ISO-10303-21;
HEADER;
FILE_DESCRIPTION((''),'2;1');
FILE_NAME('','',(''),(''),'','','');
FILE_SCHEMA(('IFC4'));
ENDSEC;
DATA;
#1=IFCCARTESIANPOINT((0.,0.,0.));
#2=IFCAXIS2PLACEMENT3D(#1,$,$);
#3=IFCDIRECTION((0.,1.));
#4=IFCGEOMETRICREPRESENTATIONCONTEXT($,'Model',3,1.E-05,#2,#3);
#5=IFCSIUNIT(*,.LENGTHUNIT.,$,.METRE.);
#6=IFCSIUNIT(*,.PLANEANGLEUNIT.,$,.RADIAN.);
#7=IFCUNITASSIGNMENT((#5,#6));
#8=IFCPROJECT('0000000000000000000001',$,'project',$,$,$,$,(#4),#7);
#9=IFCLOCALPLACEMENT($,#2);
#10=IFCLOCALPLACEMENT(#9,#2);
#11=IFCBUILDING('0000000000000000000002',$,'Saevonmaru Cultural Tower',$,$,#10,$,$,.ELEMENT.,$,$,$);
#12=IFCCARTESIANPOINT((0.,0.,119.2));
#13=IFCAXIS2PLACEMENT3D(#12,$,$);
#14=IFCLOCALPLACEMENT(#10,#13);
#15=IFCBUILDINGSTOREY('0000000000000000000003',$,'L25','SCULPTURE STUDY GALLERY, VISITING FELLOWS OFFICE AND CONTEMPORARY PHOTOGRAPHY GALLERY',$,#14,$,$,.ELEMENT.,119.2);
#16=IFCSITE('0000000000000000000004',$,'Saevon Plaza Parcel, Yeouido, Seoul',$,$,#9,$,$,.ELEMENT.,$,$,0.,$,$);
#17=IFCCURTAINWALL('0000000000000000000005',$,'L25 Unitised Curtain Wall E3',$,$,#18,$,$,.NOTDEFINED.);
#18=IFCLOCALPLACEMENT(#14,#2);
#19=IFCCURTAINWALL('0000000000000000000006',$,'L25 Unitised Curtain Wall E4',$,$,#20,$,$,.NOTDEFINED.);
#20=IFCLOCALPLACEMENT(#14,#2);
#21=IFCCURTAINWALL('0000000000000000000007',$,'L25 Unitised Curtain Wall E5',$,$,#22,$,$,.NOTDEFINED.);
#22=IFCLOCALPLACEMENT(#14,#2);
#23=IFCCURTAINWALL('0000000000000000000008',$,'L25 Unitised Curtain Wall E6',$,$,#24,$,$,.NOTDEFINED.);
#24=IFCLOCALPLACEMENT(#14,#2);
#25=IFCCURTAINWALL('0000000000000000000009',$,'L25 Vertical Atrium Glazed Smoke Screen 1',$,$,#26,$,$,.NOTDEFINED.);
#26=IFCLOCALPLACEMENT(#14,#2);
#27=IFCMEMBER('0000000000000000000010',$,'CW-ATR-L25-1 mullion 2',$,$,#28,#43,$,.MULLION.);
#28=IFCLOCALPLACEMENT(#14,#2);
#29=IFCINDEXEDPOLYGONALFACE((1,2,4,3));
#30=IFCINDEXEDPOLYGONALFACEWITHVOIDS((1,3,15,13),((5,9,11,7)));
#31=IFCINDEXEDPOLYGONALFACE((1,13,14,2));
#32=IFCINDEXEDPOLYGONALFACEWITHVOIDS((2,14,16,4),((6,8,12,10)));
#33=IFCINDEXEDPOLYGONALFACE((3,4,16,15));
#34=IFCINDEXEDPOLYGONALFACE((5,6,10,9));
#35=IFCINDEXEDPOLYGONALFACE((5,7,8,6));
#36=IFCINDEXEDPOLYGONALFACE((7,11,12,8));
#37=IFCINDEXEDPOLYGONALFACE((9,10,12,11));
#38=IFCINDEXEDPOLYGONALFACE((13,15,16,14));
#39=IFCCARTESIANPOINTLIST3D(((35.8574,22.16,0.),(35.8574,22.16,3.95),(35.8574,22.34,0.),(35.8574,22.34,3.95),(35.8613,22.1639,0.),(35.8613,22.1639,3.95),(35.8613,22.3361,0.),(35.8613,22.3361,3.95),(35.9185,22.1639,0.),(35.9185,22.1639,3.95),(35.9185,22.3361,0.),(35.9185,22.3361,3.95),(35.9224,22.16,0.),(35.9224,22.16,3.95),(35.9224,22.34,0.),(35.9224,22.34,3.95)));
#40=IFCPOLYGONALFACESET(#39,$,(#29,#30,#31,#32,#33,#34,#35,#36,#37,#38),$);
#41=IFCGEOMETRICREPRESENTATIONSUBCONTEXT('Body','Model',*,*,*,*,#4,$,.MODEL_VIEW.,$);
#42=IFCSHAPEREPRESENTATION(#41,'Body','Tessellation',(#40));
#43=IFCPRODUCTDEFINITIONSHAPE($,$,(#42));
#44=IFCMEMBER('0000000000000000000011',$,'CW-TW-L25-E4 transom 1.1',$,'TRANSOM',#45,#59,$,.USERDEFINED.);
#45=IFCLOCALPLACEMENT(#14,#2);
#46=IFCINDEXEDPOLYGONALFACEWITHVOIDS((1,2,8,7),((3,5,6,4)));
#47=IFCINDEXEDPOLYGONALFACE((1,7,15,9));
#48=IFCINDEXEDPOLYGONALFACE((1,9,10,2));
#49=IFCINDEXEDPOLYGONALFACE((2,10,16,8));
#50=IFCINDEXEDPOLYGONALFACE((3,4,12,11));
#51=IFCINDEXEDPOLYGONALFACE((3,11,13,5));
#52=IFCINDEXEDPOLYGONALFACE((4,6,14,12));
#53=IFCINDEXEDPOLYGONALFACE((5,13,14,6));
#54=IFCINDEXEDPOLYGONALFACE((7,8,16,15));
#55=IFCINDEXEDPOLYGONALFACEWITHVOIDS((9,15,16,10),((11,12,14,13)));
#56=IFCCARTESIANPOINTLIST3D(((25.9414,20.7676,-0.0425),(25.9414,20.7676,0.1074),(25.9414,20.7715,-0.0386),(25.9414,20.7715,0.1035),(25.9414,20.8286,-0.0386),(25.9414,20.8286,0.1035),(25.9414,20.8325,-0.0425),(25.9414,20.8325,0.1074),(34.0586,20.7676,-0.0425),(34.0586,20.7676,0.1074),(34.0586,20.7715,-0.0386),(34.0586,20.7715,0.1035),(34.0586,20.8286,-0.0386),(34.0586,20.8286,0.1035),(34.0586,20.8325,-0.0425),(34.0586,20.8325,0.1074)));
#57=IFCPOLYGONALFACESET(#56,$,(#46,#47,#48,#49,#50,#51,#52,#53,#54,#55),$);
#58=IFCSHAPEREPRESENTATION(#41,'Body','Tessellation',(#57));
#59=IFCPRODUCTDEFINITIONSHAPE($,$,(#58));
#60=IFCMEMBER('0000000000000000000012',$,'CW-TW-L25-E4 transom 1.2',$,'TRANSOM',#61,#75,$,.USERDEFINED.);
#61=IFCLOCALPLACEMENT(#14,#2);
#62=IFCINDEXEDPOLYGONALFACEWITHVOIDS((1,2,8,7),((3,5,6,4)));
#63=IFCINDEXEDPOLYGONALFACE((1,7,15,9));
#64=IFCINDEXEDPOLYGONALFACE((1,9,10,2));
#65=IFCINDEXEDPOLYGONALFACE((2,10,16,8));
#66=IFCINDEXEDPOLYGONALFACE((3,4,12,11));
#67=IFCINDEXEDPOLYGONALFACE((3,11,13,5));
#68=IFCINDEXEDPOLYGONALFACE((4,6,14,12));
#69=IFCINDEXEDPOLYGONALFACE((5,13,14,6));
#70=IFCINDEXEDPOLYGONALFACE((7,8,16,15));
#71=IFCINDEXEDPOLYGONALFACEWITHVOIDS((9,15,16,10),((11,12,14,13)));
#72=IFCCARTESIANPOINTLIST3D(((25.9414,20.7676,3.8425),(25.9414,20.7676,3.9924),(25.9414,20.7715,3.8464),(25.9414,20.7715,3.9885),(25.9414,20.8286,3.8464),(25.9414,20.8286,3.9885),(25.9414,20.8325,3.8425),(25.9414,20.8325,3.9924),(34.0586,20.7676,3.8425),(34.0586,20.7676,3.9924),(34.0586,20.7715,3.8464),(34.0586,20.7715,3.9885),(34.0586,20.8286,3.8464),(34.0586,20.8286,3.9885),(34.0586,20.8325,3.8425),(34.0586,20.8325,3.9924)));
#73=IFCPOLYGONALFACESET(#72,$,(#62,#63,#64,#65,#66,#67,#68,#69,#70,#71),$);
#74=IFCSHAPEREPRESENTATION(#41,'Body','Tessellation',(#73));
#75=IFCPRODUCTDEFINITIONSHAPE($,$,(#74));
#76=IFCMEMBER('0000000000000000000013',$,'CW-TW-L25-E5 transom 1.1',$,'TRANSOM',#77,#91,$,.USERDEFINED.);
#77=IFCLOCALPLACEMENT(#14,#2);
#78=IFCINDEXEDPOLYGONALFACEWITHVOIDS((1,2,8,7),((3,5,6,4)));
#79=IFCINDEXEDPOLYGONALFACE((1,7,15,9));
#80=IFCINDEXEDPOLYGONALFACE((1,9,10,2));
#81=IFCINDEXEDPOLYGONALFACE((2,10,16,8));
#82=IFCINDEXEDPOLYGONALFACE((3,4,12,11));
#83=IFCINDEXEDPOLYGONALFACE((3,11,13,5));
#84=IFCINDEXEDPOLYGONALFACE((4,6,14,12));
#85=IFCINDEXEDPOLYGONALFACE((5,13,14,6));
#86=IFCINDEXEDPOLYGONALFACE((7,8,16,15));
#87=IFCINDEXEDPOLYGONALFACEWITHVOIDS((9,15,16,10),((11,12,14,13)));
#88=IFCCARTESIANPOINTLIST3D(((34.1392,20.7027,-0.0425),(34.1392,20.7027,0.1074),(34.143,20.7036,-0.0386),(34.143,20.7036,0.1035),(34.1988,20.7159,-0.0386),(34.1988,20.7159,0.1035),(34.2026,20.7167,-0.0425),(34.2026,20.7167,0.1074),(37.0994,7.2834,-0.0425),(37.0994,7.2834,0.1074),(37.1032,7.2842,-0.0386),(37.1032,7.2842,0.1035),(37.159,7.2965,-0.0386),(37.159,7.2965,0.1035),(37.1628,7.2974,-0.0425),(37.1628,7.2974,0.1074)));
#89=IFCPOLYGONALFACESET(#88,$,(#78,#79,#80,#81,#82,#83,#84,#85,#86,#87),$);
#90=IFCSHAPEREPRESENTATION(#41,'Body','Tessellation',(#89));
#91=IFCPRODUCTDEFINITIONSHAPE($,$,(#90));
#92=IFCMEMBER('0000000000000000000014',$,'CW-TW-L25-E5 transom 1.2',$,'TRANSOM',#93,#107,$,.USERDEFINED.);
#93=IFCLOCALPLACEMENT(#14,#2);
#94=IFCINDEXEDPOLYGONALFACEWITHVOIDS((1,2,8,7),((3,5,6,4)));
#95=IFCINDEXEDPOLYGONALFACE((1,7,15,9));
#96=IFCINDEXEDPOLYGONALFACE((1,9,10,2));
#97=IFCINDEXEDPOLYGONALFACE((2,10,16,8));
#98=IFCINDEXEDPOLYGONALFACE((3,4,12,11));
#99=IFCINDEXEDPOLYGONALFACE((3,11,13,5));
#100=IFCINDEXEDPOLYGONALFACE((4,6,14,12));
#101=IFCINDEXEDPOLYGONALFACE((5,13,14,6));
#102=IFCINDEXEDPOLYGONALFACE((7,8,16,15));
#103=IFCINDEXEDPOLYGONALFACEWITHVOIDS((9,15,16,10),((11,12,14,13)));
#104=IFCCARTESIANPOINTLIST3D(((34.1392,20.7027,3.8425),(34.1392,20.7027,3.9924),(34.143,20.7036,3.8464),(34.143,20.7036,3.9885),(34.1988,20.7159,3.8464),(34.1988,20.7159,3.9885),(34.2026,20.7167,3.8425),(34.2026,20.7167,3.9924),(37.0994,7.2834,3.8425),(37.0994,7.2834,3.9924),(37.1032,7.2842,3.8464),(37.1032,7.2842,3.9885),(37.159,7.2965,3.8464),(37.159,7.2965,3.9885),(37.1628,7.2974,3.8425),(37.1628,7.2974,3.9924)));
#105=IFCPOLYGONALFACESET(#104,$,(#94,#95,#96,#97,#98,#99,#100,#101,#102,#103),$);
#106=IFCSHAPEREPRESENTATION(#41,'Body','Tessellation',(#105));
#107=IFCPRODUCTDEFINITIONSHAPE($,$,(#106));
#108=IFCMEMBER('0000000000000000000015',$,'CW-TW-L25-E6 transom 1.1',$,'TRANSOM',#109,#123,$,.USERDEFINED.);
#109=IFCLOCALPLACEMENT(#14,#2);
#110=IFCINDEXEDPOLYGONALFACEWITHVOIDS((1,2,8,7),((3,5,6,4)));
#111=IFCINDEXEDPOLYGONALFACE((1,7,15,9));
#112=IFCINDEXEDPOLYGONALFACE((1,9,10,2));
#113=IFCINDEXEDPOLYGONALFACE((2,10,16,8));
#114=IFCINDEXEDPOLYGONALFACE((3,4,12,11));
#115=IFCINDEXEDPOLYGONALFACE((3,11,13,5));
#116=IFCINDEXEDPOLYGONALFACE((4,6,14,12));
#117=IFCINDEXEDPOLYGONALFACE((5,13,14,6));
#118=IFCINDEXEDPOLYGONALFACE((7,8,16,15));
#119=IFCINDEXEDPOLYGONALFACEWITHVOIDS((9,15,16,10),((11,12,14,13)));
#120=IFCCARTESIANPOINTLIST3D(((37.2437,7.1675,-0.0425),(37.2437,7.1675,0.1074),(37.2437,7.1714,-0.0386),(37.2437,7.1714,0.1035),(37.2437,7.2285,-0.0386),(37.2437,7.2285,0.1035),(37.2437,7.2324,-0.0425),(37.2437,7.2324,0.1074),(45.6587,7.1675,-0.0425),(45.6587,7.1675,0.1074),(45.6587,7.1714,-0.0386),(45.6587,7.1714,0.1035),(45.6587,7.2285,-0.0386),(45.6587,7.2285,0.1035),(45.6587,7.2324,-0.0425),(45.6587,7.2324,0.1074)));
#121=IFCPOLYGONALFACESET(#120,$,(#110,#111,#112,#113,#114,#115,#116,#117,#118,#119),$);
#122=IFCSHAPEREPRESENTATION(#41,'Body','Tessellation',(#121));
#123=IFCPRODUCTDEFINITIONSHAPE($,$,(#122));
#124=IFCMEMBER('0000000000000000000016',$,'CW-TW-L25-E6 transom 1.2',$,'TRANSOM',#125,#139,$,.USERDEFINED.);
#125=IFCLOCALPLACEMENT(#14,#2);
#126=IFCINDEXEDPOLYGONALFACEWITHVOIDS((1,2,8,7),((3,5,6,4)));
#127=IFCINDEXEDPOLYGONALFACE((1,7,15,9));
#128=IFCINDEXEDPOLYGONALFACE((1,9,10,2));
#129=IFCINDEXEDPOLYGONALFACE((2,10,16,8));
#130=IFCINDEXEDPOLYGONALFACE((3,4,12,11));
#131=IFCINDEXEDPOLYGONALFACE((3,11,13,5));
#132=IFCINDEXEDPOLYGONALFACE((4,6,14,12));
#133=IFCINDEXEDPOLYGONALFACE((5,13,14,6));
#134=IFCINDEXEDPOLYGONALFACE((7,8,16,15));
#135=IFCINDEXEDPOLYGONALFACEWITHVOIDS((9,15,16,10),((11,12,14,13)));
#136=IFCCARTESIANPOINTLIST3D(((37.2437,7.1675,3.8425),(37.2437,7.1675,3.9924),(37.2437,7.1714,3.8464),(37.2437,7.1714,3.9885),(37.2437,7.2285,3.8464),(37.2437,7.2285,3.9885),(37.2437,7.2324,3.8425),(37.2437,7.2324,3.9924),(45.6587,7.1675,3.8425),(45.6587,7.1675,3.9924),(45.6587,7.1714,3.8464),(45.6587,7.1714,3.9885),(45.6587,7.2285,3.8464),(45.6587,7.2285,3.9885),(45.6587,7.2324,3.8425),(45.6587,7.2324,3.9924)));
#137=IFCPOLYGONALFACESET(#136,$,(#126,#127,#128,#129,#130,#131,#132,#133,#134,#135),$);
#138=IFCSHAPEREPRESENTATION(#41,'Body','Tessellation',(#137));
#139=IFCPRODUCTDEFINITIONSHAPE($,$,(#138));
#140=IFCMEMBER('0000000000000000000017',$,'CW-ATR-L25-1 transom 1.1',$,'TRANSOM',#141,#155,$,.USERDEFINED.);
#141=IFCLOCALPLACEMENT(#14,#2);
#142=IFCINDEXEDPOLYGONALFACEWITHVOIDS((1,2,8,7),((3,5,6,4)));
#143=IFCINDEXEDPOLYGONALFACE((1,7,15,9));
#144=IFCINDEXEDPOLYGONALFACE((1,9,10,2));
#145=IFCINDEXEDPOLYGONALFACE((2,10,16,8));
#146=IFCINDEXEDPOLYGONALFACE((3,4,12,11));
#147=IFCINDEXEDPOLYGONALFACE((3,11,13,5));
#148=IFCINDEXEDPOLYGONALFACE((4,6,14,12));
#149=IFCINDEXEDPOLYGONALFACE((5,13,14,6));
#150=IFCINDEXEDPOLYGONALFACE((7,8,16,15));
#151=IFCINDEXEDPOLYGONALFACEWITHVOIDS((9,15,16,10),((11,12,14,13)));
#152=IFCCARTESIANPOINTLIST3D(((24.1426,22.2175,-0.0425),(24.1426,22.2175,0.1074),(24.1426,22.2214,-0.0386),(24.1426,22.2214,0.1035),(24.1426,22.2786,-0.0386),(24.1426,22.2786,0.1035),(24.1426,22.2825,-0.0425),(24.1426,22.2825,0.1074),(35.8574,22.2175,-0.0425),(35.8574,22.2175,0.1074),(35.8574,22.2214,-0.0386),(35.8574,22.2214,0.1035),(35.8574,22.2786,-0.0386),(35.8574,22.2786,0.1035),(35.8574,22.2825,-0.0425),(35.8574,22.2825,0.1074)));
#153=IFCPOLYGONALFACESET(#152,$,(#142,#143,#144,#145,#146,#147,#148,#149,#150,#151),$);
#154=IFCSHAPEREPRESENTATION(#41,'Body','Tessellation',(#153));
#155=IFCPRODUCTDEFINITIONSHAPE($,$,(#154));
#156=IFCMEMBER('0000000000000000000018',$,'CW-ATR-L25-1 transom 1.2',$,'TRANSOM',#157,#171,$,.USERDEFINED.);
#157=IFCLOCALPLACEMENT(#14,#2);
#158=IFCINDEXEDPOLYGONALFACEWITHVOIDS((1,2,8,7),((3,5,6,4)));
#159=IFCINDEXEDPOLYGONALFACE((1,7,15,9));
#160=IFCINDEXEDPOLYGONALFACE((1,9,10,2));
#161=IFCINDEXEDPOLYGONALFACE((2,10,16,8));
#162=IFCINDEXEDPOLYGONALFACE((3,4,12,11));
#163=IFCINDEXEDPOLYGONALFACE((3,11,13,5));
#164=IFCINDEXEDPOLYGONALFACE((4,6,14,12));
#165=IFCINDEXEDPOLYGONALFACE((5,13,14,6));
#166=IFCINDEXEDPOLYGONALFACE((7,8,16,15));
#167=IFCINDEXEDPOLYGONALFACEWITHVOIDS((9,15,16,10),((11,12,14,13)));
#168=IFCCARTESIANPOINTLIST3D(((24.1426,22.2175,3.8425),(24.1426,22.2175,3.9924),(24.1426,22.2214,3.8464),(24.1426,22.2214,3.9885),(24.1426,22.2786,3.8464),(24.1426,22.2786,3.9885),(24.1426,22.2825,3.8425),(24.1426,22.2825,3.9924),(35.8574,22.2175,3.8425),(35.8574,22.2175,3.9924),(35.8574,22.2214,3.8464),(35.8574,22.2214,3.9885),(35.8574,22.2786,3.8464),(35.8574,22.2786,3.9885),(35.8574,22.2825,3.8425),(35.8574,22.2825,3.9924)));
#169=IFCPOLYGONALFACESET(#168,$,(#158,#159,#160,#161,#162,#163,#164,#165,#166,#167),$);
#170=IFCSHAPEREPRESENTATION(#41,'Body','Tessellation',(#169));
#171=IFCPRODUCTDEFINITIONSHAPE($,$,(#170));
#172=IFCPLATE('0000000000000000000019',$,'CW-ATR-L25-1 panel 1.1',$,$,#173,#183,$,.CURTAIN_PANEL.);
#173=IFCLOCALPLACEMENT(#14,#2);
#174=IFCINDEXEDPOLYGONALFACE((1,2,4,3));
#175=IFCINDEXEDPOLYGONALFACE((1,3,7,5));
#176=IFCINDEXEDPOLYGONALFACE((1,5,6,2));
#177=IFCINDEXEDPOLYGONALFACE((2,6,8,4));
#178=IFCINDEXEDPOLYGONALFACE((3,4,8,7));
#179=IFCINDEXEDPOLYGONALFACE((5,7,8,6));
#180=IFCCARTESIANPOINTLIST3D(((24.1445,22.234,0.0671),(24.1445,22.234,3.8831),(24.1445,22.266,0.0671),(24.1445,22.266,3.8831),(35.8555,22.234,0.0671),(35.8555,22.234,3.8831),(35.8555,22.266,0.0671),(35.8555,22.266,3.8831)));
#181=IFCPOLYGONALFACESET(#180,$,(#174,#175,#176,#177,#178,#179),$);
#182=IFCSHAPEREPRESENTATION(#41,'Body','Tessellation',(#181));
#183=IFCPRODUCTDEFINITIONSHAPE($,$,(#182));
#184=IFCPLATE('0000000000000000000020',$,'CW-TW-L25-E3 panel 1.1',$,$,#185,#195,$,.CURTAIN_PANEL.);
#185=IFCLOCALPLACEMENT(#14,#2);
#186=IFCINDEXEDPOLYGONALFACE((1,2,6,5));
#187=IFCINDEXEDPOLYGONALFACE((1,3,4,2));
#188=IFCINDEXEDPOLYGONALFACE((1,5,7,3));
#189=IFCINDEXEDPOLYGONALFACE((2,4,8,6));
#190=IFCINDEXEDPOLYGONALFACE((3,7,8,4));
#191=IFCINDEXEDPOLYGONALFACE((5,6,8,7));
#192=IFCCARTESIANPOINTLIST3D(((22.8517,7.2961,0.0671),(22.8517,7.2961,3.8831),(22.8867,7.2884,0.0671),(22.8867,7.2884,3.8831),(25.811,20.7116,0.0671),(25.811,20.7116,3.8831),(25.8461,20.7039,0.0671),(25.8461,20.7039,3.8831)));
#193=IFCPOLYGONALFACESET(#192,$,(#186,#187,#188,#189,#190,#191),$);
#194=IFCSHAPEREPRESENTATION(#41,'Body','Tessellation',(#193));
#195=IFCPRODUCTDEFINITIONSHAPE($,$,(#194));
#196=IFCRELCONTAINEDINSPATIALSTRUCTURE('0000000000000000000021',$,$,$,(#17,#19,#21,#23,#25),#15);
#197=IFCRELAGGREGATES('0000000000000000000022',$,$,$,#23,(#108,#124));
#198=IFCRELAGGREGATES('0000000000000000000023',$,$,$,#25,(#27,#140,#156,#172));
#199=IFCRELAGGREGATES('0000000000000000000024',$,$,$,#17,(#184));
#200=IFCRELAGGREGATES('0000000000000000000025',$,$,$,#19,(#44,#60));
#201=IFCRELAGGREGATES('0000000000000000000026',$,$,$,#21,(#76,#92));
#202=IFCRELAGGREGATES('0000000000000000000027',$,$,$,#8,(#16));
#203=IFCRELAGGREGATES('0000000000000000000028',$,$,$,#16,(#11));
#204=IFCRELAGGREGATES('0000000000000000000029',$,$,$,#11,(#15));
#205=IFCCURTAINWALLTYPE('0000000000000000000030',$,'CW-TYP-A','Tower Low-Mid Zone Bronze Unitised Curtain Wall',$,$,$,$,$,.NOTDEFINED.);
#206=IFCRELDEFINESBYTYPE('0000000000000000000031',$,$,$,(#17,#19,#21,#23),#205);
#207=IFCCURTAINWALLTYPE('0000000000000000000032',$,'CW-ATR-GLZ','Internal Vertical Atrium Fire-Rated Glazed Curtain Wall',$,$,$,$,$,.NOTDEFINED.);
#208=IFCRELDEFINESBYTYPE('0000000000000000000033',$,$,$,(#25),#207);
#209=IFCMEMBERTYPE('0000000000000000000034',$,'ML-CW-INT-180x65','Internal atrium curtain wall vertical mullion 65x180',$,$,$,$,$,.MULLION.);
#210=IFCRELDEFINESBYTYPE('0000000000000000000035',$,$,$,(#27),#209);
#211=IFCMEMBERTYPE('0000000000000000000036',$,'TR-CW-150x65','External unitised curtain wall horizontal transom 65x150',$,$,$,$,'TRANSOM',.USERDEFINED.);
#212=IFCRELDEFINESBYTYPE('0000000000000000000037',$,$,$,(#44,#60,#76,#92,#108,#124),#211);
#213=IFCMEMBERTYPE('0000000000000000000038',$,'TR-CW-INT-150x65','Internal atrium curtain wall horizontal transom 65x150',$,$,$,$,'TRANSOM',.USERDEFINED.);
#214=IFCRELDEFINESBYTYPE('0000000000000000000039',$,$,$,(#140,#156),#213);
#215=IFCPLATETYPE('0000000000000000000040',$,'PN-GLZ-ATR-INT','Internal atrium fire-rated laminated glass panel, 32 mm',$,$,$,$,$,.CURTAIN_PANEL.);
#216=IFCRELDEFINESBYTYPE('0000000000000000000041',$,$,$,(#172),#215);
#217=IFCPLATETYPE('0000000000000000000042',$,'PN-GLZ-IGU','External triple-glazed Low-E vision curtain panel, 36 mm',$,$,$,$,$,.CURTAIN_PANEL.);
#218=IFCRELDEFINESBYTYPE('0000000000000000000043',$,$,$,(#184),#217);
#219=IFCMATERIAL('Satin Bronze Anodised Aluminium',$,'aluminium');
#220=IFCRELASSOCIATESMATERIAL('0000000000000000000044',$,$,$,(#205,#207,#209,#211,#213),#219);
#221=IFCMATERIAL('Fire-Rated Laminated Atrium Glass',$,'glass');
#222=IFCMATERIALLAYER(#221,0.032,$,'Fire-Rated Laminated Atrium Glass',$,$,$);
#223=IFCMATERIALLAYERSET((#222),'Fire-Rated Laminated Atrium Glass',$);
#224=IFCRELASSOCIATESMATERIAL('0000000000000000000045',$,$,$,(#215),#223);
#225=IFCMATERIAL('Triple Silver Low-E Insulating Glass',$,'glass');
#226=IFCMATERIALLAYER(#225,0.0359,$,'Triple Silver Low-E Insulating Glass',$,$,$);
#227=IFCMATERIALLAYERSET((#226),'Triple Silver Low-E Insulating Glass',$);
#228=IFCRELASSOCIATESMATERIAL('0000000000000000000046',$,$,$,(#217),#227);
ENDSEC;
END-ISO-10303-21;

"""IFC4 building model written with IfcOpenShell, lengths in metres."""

from ifc_helpers import new_model, si_unit, direction, frame, origin, origin_2d, place, context, subcontext, project, spatial, rectangle, hollow_rectangle, extrude, material, layer, layer_set, material_profile, profile_set, type_object, element, aggregate, save


model = new_model("IFC4")

# Units and contexts
model_context = context("Model", 3, precision=1e-05, world=origin(), true_north=direction((0.0, 1.0)))
body_context = subcontext(model_context, "Body", "Model", "MODEL_VIEW")
ifc_project = project(units=[si_unit("LENGTHUNIT", "METRE"), si_unit("PLANEANGLEUNIT", "RADIAN")], contexts=[model_context])

# Site, building, storey
site_placement = place(None, origin())
site = spatial("IfcSite", under=ifc_project, at=site_placement, Name="Saevon Plaza Parcel, Yeouido, Seoul", CompositionType="ELEMENT", RefElevation=0.0)
building_placement = place(site_placement, origin())
building = spatial("IfcBuilding", under=site, at=building_placement, Name="Saevonmaru Cultural Tower", CompositionType="ELEMENT")
storey_placement = place(building_placement, frame((0.0, 0.0, 119.2)))
storey = spatial("IfcBuildingStorey", under=building, at=storey_placement, Name="L25", Description="SCULPTURE STUDY GALLERY, VISITING FELLOWS OFFICE AND CONTEMPORARY PHOTOGRAPHY GALLERY", CompositionType="ELEMENT", Elevation=119.2)

# Curtain wall
ifc_material_1 = material(Name="Satin Bronze Anodised Aluminium", Category="aluminium")
curtain_wall_type_1 = type_object("IfcCurtainWallType", Name="CW-TYP-A", Description="Tower Low-Mid Zone Bronze Unitised Curtain Wall", PredefinedType="NOTDEFINED", material=ifc_material_1)
curtain_wall_1_placement = place(storey_placement, origin())
curtain_wall_1 = element("IfcCurtainWall", 1, at=curtain_wall_1_placement, inside=storey, type_object=curtain_wall_type_1, Name="L25 Unitised Curtain Wall E3", PredefinedType="NOTDEFINED")

# Curtain walls
curtain_wall_2_placement = place(storey_placement, origin())
curtain_wall_2 = element("IfcCurtainWall", 2, at=curtain_wall_2_placement, inside=storey, type_object=curtain_wall_type_1, Name="L25 Unitised Curtain Wall E4", PredefinedType="NOTDEFINED")
curtain_wall_3_placement = place(storey_placement, origin())
curtain_wall_3 = element("IfcCurtainWall", 3, at=curtain_wall_3_placement, inside=storey, type_object=curtain_wall_type_1, Name="L25 Unitised Curtain Wall E5", PredefinedType="NOTDEFINED")

# Curtain wall
curtain_wall_4_placement = place(storey_placement, origin())
curtain_wall_4 = element("IfcCurtainWall", 4, at=curtain_wall_4_placement, inside=storey, type_object=curtain_wall_type_1, Name="L25 Unitised Curtain Wall E6", PredefinedType="NOTDEFINED")

# Curtain wall, member
curtain_wall_type_2 = type_object("IfcCurtainWallType", Name="CW-ATR-GLZ", Description="Internal Vertical Atrium Fire-Rated Glazed Curtain Wall", PredefinedType="NOTDEFINED", material=ifc_material_1)
curtain_wall_5_placement = place(storey_placement, origin())
curtain_wall_5 = element("IfcCurtainWall", 5, at=curtain_wall_5_placement, inside=storey, type_object=curtain_wall_type_2, Name="L25 Vertical Atrium Glazed Smoke Screen 1", PredefinedType="NOTDEFINED")
ifc_material_profile_1 = material_profile(ifc_material_1, hollow_rectangle(XDim=0.0649, YDim=0.1799, WallThickness=0.0039, at=origin_2d()), Name="ALU-MULL-180x65x4")
ifc_profile_set_1 = profile_set([ifc_material_profile_1], Name="Satin Bronze Anodised Aluminium")
member_type_1 = type_object("IfcMemberType", Name="ML-CW-INT-180x65", Description="Internal atrium curtain wall vertical mullion 65x180", PredefinedType="MULLION", material=ifc_profile_set_1)
member_1_placement = place(storey_placement, frame((35.8899, 22.25, 0.0), z_axis=(0.0, 0.0, 1.0), x_axis=(1.0, 0.0, 0.0)))
member_1 = element("IfcMember", 6, at=member_1_placement, type_object=member_type_1, Name="CW-ATR-L25-1 mullion 2", PredefinedType="MULLION", context=body_context, shape_type="SweptSolid", body=[
    extrude(hollow_rectangle(XDim=0.0649, YDim=0.1799, WallThickness=0.0039, at=origin_2d()), origin(), (0.0, 0.0, 1.0), 3.95),
])

# Members
ifc_material_profile_2 = material_profile(ifc_material_1, hollow_rectangle(XDim=0.0649, YDim=0.1499, WallThickness=0.0039, at=origin_2d()), Name="ALU-TRAN-150x65x4")
ifc_profile_set_2 = profile_set([ifc_material_profile_2], Name="Satin Bronze Anodised Aluminium")
member_type_2 = type_object("IfcMemberType", Name="TR-CW-150x65", Description="External unitised curtain wall horizontal transom 65x150", ElementType="TRANSOM", PredefinedType="USERDEFINED", material=ifc_profile_set_2)
member_2_placement = place(storey_placement, frame((25.9414, 20.8, 0.0325), z_axis=(1.0, 0.0, 0.0), x_axis=(0.0, 1.0, 0.0)))
member_2 = element("IfcMember", 7, at=member_2_placement, type_object=member_type_2, Name="CW-TW-L25-E4 transom 1.1", ObjectType="TRANSOM", PredefinedType="USERDEFINED", context=body_context, shape_type="SweptSolid", body=[
    extrude(hollow_rectangle(XDim=0.0649, YDim=0.1499, WallThickness=0.0039, at=origin_2d()), origin(), (0.0, 0.0, 1.0), 8.1172),
])
member_3_placement = place(storey_placement, frame((25.9414, 20.8, 3.9175), z_axis=(1.0, 0.0, 0.0), x_axis=(0.0, 1.0, 0.0)))
member_3 = element("IfcMember", 8, at=member_3_placement, type_object=member_type_2, Name="CW-TW-L25-E4 transom 1.2", ObjectType="TRANSOM", PredefinedType="USERDEFINED", context=body_context, shape_type="SweptSolid", body=[
    extrude(hollow_rectangle(XDim=0.0649, YDim=0.1499, WallThickness=0.0039, at=origin_2d()), origin(), (0.0, 0.0, 1.0), 8.1172),
])
member_4_placement = place(storey_placement, frame((34.1709, 20.7097, 0.0325), z_axis=(0.215412, -0.976523, 0.0), x_axis=(0.976523, 0.215412, 0.0)))
member_4 = element("IfcMember", 9, at=member_4_placement, type_object=member_type_2, Name="CW-TW-L25-E5 transom 1.1", ObjectType="TRANSOM", PredefinedType="USERDEFINED", context=body_context, shape_type="SweptSolid", body=[
    extrude(hollow_rectangle(XDim=0.0649, YDim=0.1499, WallThickness=0.0039, at=origin_2d()), origin(), (0.0, 0.0, 1.0), 13.7419),
])
member_5_placement = place(storey_placement, frame((34.1709, 20.7097, 3.9175), z_axis=(0.215412, -0.976523, 0.0), x_axis=(0.976523, 0.215412, 0.0)))
member_5 = element("IfcMember", 10, at=member_5_placement, type_object=member_type_2, Name="CW-TW-L25-E5 transom 1.2", ObjectType="TRANSOM", PredefinedType="USERDEFINED", context=body_context, shape_type="SweptSolid", body=[
    extrude(hollow_rectangle(XDim=0.0649, YDim=0.1499, WallThickness=0.0039, at=origin_2d()), origin(), (0.0, 0.0, 1.0), 13.7419),
])
member_6_placement = place(storey_placement, frame((37.2437, 7.2, 0.0325), z_axis=(1.0, 0.0, 0.0), x_axis=(0.0, 1.0, 0.0)))
member_6 = element("IfcMember", 11, at=member_6_placement, type_object=member_type_2, Name="CW-TW-L25-E6 transom 1.1", ObjectType="TRANSOM", PredefinedType="USERDEFINED", context=body_context, shape_type="SweptSolid", body=[
    extrude(hollow_rectangle(XDim=0.0649, YDim=0.1499, WallThickness=0.0039, at=origin_2d()), origin(), (0.0, 0.0, 1.0), 8.415),
])
member_7_placement = place(storey_placement, frame((37.2437, 7.2, 3.9175), z_axis=(1.0, 0.0, 0.0), x_axis=(0.0, 1.0, 0.0)))
member_7 = element("IfcMember", 12, at=member_7_placement, type_object=member_type_2, Name="CW-TW-L25-E6 transom 1.2", ObjectType="TRANSOM", PredefinedType="USERDEFINED", context=body_context, shape_type="SweptSolid", body=[
    extrude(hollow_rectangle(XDim=0.0649, YDim=0.1499, WallThickness=0.0039, at=origin_2d()), origin(), (0.0, 0.0, 1.0), 8.415),
])
aggregate(curtain_wall_4, [member_6, member_7])
ifc_material_profile_3 = material_profile(ifc_material_1, hollow_rectangle(XDim=0.0649, YDim=0.1499, WallThickness=0.0039, at=origin_2d()), Name="ALU-TRAN-150x65x4")
ifc_profile_set_3 = profile_set([ifc_material_profile_3], Name="Satin Bronze Anodised Aluminium")
member_type_3 = type_object("IfcMemberType", Name="TR-CW-INT-150x65", Description="Internal atrium curtain wall horizontal transom 65x150", ElementType="TRANSOM", PredefinedType="USERDEFINED", material=ifc_profile_set_3)
member_8_placement = place(storey_placement, frame((24.1426, 22.25, 0.0325), z_axis=(1.0, 0.0, 0.0), x_axis=(0.0, 1.0, 0.0)))
member_8 = element("IfcMember", 13, at=member_8_placement, type_object=member_type_3, Name="CW-ATR-L25-1 transom 1.1", ObjectType="TRANSOM", PredefinedType="USERDEFINED", context=body_context, shape_type="SweptSolid", body=[
    extrude(hollow_rectangle(XDim=0.0649, YDim=0.1499, WallThickness=0.0039, at=origin_2d()), origin(), (0.0, 0.0, 1.0), 11.7148),
])
member_9_placement = place(storey_placement, frame((24.1426, 22.25, 3.9175), z_axis=(1.0, 0.0, 0.0), x_axis=(0.0, 1.0, 0.0)))
member_9 = element("IfcMember", 14, at=member_9_placement, type_object=member_type_3, Name="CW-ATR-L25-1 transom 1.2", ObjectType="TRANSOM", PredefinedType="USERDEFINED", context=body_context, shape_type="SweptSolid", body=[
    extrude(hollow_rectangle(XDim=0.0649, YDim=0.1499, WallThickness=0.0039, at=origin_2d()), origin(), (0.0, 0.0, 1.0), 11.7148),
])

# Plates
ifc_material_2 = material(Name="Fire-Rated Laminated Atrium Glass", Category="glass")
ifc_layer_1 = layer(ifc_material_2, 0.032, Name="Fire-Rated Laminated Atrium Glass")
ifc_layer_set_1 = layer_set([ifc_layer_1], Name="Fire-Rated Laminated Atrium Glass")
plate_type_1 = type_object("IfcPlateType", Name="PN-GLZ-ATR-INT", Description="Internal atrium fire-rated laminated glass panel, 32 mm", PredefinedType="CURTAIN_PANEL", material=ifc_layer_set_1)
plate_1_placement = place(storey_placement, frame((30.0, 22.25, 0.0671), z_axis=(0.0, 0.0, 1.0), x_axis=(1.0, 0.0, 0.0)))
plate_1 = element("IfcPlate", 15, at=plate_1_placement, type_object=plate_type_1, Name="CW-ATR-L25-1 panel 1.1", PredefinedType="CURTAIN_PANEL", context=body_context, shape_type="SweptSolid", body=[
    extrude(rectangle(XDim=11.7109, YDim=0.032, at=origin_2d()), origin(), (0.0, 0.0, 1.0), 3.8159),
])
aggregate(curtain_wall_5, [member_1, member_8, member_9, plate_1])
ifc_material_3 = material(Name="Triple Silver Low-E Insulating Glass", Category="glass")
ifc_layer_2 = layer(ifc_material_3, 0.0359, Name="Triple Silver Low-E Insulating Glass")
ifc_layer_set_2 = layer_set([ifc_layer_2], Name="Triple Silver Low-E Insulating Glass")
plate_type_2 = type_object("IfcPlateType", Name="PN-GLZ-IGU", Description="External triple-glazed Low-E vision curtain panel, 36 mm", PredefinedType="CURTAIN_PANEL", material=ifc_layer_set_2)
plate_2_placement = place(storey_placement, frame((24.3489, 14.0, 0.0671), z_axis=(0.0, 0.0, 1.0), x_axis=(0.215413, 0.976523, 0.0)))
plate_2 = element("IfcPlate", 16, at=plate_2_placement, type_object=plate_type_2, Name="CW-TW-L25-E3 panel 1.1", PredefinedType="CURTAIN_PANEL", context=body_context, shape_type="SweptSolid", body=[
    extrude(rectangle(XDim=13.738, YDim=0.0359, at=origin_2d()), origin(), (0.0, 0.0, 1.0), 3.8159),
])
aggregate(curtain_wall_1, [plate_2])
aggregate(curtain_wall_2, [member_2, member_3])
aggregate(curtain_wall_3, [member_4, member_5])

save(model, "model.ifc")
